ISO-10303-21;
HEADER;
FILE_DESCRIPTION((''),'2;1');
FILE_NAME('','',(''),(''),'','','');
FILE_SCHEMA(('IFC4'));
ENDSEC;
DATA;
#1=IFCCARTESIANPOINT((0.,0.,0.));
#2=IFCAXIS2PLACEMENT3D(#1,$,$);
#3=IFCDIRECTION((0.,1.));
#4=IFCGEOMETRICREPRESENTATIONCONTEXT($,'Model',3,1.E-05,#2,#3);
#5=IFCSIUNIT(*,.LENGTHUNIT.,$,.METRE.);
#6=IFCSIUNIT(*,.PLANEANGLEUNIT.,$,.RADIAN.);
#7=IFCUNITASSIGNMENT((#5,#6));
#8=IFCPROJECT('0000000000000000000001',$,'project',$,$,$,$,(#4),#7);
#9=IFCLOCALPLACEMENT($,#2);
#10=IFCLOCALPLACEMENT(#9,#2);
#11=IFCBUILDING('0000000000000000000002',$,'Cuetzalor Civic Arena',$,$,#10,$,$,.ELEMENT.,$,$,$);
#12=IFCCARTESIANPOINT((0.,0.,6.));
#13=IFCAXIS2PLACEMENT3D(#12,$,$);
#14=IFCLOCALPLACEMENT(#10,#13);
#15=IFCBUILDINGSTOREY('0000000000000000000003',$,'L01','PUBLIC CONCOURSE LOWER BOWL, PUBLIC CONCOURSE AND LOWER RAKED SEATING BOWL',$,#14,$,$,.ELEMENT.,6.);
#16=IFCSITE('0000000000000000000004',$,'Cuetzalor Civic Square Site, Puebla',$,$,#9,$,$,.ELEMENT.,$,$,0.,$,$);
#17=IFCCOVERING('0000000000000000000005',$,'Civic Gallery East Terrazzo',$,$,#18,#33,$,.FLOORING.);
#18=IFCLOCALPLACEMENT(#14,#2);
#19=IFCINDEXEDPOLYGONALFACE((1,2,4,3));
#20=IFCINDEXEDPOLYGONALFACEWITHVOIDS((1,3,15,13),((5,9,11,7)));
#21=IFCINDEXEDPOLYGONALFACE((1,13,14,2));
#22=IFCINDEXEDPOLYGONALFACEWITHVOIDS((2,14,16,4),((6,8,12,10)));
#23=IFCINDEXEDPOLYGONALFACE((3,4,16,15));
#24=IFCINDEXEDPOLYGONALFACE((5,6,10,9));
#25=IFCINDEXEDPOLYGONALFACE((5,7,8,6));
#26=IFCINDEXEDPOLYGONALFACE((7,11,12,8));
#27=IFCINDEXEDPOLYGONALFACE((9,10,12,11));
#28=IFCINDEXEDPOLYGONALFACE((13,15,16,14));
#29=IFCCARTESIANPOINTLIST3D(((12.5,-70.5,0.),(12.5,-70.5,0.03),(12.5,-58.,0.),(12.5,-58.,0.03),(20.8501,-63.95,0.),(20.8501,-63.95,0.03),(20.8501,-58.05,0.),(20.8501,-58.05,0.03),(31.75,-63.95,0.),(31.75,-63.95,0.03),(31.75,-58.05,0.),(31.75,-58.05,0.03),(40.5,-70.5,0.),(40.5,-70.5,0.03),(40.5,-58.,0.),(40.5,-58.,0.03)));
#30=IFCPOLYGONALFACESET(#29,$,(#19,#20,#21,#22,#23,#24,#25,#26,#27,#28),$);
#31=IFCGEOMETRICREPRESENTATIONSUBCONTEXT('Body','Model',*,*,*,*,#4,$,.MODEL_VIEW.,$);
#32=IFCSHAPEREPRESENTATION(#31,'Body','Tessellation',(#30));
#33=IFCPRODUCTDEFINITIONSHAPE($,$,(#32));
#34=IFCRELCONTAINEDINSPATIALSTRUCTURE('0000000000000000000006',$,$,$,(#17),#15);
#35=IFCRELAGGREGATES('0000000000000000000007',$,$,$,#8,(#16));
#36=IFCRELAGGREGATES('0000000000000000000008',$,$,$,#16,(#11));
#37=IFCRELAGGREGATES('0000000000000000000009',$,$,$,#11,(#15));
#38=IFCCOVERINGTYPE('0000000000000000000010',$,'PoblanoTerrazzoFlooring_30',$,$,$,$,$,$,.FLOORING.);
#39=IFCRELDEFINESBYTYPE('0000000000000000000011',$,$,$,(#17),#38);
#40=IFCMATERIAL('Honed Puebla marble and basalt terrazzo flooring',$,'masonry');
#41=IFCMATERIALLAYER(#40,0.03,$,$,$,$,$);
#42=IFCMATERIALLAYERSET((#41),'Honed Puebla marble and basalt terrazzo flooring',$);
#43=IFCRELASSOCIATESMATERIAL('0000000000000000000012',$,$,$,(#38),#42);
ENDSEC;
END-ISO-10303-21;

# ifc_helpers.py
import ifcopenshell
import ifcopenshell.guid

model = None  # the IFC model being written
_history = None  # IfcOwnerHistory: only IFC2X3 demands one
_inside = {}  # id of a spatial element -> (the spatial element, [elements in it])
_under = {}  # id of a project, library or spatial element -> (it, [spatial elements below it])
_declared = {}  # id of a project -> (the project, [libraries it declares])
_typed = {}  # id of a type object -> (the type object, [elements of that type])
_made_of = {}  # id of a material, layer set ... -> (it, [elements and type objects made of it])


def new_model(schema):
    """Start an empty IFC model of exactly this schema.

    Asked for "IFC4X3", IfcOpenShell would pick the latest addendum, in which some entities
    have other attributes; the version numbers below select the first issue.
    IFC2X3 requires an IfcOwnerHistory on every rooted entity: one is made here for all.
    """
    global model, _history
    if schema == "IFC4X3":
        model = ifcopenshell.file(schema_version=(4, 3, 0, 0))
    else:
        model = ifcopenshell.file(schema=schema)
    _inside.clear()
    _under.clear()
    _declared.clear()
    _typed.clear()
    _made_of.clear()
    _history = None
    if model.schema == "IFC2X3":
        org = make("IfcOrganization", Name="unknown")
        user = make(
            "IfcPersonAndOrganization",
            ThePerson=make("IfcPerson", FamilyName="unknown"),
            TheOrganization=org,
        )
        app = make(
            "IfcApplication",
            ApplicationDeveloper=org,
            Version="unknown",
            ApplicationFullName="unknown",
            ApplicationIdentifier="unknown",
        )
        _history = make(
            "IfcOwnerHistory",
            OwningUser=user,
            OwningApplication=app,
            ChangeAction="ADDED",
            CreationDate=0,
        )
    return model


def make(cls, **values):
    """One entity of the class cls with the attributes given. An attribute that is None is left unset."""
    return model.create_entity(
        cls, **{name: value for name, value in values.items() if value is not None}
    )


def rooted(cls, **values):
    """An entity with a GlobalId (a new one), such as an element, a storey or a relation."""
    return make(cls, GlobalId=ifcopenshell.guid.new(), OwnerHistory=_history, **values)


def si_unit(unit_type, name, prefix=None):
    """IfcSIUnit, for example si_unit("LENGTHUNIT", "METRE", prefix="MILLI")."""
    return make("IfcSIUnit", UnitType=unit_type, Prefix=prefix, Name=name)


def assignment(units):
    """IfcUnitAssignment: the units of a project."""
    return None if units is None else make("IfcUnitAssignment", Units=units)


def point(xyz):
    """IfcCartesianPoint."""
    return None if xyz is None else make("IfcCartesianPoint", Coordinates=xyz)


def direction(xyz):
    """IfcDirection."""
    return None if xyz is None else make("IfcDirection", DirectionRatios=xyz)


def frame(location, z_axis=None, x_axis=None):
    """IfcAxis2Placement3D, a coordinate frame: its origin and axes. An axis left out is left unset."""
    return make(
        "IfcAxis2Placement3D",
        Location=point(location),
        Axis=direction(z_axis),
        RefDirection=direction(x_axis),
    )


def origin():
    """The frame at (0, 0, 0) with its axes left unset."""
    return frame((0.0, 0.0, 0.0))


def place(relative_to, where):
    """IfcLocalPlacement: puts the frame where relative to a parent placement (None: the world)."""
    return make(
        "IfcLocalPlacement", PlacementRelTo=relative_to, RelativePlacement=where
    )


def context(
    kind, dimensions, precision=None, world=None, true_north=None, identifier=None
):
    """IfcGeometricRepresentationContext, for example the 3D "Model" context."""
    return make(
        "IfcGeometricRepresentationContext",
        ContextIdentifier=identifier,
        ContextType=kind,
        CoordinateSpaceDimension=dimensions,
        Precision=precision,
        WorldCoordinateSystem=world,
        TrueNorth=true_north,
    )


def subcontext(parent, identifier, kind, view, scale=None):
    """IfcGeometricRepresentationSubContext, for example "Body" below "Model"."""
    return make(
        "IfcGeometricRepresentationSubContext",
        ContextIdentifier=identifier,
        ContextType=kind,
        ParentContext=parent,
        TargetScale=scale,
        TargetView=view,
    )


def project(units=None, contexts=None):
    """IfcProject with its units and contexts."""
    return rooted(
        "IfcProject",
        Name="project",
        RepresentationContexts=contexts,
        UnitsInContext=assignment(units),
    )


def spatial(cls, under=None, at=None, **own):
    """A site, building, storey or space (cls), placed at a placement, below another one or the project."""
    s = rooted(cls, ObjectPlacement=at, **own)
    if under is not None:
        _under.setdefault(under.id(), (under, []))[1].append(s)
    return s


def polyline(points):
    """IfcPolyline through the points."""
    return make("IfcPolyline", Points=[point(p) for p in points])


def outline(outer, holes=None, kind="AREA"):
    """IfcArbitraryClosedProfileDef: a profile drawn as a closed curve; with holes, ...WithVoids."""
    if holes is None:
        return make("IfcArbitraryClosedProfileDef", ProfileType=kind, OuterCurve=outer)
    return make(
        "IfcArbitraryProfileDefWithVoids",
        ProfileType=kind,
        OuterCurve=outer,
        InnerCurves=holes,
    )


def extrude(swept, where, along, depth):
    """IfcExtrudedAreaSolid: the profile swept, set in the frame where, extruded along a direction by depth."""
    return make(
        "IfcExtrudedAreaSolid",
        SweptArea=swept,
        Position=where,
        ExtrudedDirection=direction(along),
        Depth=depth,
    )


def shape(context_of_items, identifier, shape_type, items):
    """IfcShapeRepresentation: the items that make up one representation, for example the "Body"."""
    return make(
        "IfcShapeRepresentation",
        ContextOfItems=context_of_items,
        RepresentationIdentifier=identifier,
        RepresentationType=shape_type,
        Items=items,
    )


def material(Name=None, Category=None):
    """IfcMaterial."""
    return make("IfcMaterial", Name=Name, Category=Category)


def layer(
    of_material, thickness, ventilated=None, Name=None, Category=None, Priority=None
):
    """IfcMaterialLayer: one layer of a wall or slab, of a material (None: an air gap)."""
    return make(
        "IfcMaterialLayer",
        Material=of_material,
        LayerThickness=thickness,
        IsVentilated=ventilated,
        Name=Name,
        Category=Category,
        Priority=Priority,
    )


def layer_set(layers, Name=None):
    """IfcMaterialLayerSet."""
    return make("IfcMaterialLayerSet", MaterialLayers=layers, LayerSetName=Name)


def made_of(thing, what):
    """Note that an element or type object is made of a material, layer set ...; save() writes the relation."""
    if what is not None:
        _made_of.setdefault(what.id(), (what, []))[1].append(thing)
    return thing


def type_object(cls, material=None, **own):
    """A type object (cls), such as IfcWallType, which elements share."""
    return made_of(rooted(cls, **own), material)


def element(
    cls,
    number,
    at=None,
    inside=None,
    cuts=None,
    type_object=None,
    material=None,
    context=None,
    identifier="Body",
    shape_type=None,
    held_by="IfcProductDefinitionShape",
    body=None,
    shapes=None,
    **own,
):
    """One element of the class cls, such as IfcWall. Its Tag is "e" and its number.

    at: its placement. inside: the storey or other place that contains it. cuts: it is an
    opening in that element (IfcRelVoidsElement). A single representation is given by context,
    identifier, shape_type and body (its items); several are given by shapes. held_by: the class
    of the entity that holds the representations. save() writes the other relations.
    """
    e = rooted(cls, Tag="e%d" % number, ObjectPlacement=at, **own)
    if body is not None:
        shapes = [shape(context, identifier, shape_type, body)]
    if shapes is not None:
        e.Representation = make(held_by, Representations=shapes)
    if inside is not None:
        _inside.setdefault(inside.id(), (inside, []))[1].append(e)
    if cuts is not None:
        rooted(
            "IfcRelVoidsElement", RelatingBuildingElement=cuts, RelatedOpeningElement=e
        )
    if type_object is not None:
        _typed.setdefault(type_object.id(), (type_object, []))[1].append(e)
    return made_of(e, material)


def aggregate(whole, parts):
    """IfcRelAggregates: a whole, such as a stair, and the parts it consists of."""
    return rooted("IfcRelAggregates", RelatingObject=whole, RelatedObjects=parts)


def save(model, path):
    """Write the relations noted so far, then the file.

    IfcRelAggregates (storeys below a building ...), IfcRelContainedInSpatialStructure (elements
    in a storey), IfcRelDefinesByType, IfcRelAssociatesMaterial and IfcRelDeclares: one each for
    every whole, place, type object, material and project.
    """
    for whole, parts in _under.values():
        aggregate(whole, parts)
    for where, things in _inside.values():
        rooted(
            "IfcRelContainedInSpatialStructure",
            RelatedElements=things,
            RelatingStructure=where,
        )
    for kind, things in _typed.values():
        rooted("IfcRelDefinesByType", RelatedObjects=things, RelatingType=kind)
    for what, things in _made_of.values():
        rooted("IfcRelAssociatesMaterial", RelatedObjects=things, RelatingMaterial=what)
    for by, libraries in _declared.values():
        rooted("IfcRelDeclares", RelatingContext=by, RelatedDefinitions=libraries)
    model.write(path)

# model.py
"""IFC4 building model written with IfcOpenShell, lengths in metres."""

from ifc_helpers import new_model, si_unit, direction, frame, origin, place, context, subcontext, project, spatial, polyline, outline, extrude, material, layer, layer_set, type_object, element, save


model = new_model("IFC4")

# Units and contexts
model_context = context("Model", 3, precision=1e-05, world=origin(), true_north=direction((0.0, 1.0)))
body_context = subcontext(model_context, "Body", "Model", "MODEL_VIEW")
ifc_project = project(units=[si_unit("LENGTHUNIT", "METRE"), si_unit("PLANEANGLEUNIT", "RADIAN")], contexts=[model_context])

# Site, building, storey
site_placement = place(None, origin())
site = spatial("IfcSite", under=ifc_project, at=site_placement, Name="Cuetzalor Civic Square Site, Puebla", CompositionType="ELEMENT", RefElevation=0.0)
building_placement = place(site_placement, origin())
building = spatial("IfcBuilding", under=site, at=building_placement, Name="Cuetzalor Civic Arena", CompositionType="ELEMENT")
storey_placement = place(building_placement, frame((0.0, 0.0, 6.0)))
storey = spatial("IfcBuildingStorey", under=building, at=storey_placement, Name="L01", Description="PUBLIC CONCOURSE LOWER BOWL, PUBLIC CONCOURSE AND LOWER RAKED SEATING BOWL", CompositionType="ELEMENT", Elevation=6.0)

# Covering
ifc_material_1 = material(Name="Honed Puebla marble and basalt terrazzo flooring", Category="masonry")
ifc_layer_1 = layer(ifc_material_1, 0.03)
ifc_layer_set_1 = layer_set([ifc_layer_1], Name="Honed Puebla marble and basalt terrazzo flooring")
covering_type_1 = type_object("IfcCoveringType", Name="PoblanoTerrazzoFlooring_30", PredefinedType="FLOORING", material=ifc_layer_set_1)
covering_1_placement = place(storey_placement, origin())
element("IfcCovering", 1, at=covering_1_placement, inside=storey, type_object=covering_type_1, Name="Civic Gallery East Terrazzo", PredefinedType="FLOORING", context=body_context, shape_type="SweptSolid", body=[
    extrude(outline(polyline([(12.5, -58.0), (40.5, -58.0), (40.5, -70.5), (12.5, -70.5), (12.5, -58.0)]), holes=[polyline([(31.75, -63.95), (31.75, -58.05), (20.8501, -58.05), (20.8501, -63.95), (31.75, -63.95)])]), origin(), (0.0, 0.0, 1.0), 0.03),
])

save(model, "model.ifc")
